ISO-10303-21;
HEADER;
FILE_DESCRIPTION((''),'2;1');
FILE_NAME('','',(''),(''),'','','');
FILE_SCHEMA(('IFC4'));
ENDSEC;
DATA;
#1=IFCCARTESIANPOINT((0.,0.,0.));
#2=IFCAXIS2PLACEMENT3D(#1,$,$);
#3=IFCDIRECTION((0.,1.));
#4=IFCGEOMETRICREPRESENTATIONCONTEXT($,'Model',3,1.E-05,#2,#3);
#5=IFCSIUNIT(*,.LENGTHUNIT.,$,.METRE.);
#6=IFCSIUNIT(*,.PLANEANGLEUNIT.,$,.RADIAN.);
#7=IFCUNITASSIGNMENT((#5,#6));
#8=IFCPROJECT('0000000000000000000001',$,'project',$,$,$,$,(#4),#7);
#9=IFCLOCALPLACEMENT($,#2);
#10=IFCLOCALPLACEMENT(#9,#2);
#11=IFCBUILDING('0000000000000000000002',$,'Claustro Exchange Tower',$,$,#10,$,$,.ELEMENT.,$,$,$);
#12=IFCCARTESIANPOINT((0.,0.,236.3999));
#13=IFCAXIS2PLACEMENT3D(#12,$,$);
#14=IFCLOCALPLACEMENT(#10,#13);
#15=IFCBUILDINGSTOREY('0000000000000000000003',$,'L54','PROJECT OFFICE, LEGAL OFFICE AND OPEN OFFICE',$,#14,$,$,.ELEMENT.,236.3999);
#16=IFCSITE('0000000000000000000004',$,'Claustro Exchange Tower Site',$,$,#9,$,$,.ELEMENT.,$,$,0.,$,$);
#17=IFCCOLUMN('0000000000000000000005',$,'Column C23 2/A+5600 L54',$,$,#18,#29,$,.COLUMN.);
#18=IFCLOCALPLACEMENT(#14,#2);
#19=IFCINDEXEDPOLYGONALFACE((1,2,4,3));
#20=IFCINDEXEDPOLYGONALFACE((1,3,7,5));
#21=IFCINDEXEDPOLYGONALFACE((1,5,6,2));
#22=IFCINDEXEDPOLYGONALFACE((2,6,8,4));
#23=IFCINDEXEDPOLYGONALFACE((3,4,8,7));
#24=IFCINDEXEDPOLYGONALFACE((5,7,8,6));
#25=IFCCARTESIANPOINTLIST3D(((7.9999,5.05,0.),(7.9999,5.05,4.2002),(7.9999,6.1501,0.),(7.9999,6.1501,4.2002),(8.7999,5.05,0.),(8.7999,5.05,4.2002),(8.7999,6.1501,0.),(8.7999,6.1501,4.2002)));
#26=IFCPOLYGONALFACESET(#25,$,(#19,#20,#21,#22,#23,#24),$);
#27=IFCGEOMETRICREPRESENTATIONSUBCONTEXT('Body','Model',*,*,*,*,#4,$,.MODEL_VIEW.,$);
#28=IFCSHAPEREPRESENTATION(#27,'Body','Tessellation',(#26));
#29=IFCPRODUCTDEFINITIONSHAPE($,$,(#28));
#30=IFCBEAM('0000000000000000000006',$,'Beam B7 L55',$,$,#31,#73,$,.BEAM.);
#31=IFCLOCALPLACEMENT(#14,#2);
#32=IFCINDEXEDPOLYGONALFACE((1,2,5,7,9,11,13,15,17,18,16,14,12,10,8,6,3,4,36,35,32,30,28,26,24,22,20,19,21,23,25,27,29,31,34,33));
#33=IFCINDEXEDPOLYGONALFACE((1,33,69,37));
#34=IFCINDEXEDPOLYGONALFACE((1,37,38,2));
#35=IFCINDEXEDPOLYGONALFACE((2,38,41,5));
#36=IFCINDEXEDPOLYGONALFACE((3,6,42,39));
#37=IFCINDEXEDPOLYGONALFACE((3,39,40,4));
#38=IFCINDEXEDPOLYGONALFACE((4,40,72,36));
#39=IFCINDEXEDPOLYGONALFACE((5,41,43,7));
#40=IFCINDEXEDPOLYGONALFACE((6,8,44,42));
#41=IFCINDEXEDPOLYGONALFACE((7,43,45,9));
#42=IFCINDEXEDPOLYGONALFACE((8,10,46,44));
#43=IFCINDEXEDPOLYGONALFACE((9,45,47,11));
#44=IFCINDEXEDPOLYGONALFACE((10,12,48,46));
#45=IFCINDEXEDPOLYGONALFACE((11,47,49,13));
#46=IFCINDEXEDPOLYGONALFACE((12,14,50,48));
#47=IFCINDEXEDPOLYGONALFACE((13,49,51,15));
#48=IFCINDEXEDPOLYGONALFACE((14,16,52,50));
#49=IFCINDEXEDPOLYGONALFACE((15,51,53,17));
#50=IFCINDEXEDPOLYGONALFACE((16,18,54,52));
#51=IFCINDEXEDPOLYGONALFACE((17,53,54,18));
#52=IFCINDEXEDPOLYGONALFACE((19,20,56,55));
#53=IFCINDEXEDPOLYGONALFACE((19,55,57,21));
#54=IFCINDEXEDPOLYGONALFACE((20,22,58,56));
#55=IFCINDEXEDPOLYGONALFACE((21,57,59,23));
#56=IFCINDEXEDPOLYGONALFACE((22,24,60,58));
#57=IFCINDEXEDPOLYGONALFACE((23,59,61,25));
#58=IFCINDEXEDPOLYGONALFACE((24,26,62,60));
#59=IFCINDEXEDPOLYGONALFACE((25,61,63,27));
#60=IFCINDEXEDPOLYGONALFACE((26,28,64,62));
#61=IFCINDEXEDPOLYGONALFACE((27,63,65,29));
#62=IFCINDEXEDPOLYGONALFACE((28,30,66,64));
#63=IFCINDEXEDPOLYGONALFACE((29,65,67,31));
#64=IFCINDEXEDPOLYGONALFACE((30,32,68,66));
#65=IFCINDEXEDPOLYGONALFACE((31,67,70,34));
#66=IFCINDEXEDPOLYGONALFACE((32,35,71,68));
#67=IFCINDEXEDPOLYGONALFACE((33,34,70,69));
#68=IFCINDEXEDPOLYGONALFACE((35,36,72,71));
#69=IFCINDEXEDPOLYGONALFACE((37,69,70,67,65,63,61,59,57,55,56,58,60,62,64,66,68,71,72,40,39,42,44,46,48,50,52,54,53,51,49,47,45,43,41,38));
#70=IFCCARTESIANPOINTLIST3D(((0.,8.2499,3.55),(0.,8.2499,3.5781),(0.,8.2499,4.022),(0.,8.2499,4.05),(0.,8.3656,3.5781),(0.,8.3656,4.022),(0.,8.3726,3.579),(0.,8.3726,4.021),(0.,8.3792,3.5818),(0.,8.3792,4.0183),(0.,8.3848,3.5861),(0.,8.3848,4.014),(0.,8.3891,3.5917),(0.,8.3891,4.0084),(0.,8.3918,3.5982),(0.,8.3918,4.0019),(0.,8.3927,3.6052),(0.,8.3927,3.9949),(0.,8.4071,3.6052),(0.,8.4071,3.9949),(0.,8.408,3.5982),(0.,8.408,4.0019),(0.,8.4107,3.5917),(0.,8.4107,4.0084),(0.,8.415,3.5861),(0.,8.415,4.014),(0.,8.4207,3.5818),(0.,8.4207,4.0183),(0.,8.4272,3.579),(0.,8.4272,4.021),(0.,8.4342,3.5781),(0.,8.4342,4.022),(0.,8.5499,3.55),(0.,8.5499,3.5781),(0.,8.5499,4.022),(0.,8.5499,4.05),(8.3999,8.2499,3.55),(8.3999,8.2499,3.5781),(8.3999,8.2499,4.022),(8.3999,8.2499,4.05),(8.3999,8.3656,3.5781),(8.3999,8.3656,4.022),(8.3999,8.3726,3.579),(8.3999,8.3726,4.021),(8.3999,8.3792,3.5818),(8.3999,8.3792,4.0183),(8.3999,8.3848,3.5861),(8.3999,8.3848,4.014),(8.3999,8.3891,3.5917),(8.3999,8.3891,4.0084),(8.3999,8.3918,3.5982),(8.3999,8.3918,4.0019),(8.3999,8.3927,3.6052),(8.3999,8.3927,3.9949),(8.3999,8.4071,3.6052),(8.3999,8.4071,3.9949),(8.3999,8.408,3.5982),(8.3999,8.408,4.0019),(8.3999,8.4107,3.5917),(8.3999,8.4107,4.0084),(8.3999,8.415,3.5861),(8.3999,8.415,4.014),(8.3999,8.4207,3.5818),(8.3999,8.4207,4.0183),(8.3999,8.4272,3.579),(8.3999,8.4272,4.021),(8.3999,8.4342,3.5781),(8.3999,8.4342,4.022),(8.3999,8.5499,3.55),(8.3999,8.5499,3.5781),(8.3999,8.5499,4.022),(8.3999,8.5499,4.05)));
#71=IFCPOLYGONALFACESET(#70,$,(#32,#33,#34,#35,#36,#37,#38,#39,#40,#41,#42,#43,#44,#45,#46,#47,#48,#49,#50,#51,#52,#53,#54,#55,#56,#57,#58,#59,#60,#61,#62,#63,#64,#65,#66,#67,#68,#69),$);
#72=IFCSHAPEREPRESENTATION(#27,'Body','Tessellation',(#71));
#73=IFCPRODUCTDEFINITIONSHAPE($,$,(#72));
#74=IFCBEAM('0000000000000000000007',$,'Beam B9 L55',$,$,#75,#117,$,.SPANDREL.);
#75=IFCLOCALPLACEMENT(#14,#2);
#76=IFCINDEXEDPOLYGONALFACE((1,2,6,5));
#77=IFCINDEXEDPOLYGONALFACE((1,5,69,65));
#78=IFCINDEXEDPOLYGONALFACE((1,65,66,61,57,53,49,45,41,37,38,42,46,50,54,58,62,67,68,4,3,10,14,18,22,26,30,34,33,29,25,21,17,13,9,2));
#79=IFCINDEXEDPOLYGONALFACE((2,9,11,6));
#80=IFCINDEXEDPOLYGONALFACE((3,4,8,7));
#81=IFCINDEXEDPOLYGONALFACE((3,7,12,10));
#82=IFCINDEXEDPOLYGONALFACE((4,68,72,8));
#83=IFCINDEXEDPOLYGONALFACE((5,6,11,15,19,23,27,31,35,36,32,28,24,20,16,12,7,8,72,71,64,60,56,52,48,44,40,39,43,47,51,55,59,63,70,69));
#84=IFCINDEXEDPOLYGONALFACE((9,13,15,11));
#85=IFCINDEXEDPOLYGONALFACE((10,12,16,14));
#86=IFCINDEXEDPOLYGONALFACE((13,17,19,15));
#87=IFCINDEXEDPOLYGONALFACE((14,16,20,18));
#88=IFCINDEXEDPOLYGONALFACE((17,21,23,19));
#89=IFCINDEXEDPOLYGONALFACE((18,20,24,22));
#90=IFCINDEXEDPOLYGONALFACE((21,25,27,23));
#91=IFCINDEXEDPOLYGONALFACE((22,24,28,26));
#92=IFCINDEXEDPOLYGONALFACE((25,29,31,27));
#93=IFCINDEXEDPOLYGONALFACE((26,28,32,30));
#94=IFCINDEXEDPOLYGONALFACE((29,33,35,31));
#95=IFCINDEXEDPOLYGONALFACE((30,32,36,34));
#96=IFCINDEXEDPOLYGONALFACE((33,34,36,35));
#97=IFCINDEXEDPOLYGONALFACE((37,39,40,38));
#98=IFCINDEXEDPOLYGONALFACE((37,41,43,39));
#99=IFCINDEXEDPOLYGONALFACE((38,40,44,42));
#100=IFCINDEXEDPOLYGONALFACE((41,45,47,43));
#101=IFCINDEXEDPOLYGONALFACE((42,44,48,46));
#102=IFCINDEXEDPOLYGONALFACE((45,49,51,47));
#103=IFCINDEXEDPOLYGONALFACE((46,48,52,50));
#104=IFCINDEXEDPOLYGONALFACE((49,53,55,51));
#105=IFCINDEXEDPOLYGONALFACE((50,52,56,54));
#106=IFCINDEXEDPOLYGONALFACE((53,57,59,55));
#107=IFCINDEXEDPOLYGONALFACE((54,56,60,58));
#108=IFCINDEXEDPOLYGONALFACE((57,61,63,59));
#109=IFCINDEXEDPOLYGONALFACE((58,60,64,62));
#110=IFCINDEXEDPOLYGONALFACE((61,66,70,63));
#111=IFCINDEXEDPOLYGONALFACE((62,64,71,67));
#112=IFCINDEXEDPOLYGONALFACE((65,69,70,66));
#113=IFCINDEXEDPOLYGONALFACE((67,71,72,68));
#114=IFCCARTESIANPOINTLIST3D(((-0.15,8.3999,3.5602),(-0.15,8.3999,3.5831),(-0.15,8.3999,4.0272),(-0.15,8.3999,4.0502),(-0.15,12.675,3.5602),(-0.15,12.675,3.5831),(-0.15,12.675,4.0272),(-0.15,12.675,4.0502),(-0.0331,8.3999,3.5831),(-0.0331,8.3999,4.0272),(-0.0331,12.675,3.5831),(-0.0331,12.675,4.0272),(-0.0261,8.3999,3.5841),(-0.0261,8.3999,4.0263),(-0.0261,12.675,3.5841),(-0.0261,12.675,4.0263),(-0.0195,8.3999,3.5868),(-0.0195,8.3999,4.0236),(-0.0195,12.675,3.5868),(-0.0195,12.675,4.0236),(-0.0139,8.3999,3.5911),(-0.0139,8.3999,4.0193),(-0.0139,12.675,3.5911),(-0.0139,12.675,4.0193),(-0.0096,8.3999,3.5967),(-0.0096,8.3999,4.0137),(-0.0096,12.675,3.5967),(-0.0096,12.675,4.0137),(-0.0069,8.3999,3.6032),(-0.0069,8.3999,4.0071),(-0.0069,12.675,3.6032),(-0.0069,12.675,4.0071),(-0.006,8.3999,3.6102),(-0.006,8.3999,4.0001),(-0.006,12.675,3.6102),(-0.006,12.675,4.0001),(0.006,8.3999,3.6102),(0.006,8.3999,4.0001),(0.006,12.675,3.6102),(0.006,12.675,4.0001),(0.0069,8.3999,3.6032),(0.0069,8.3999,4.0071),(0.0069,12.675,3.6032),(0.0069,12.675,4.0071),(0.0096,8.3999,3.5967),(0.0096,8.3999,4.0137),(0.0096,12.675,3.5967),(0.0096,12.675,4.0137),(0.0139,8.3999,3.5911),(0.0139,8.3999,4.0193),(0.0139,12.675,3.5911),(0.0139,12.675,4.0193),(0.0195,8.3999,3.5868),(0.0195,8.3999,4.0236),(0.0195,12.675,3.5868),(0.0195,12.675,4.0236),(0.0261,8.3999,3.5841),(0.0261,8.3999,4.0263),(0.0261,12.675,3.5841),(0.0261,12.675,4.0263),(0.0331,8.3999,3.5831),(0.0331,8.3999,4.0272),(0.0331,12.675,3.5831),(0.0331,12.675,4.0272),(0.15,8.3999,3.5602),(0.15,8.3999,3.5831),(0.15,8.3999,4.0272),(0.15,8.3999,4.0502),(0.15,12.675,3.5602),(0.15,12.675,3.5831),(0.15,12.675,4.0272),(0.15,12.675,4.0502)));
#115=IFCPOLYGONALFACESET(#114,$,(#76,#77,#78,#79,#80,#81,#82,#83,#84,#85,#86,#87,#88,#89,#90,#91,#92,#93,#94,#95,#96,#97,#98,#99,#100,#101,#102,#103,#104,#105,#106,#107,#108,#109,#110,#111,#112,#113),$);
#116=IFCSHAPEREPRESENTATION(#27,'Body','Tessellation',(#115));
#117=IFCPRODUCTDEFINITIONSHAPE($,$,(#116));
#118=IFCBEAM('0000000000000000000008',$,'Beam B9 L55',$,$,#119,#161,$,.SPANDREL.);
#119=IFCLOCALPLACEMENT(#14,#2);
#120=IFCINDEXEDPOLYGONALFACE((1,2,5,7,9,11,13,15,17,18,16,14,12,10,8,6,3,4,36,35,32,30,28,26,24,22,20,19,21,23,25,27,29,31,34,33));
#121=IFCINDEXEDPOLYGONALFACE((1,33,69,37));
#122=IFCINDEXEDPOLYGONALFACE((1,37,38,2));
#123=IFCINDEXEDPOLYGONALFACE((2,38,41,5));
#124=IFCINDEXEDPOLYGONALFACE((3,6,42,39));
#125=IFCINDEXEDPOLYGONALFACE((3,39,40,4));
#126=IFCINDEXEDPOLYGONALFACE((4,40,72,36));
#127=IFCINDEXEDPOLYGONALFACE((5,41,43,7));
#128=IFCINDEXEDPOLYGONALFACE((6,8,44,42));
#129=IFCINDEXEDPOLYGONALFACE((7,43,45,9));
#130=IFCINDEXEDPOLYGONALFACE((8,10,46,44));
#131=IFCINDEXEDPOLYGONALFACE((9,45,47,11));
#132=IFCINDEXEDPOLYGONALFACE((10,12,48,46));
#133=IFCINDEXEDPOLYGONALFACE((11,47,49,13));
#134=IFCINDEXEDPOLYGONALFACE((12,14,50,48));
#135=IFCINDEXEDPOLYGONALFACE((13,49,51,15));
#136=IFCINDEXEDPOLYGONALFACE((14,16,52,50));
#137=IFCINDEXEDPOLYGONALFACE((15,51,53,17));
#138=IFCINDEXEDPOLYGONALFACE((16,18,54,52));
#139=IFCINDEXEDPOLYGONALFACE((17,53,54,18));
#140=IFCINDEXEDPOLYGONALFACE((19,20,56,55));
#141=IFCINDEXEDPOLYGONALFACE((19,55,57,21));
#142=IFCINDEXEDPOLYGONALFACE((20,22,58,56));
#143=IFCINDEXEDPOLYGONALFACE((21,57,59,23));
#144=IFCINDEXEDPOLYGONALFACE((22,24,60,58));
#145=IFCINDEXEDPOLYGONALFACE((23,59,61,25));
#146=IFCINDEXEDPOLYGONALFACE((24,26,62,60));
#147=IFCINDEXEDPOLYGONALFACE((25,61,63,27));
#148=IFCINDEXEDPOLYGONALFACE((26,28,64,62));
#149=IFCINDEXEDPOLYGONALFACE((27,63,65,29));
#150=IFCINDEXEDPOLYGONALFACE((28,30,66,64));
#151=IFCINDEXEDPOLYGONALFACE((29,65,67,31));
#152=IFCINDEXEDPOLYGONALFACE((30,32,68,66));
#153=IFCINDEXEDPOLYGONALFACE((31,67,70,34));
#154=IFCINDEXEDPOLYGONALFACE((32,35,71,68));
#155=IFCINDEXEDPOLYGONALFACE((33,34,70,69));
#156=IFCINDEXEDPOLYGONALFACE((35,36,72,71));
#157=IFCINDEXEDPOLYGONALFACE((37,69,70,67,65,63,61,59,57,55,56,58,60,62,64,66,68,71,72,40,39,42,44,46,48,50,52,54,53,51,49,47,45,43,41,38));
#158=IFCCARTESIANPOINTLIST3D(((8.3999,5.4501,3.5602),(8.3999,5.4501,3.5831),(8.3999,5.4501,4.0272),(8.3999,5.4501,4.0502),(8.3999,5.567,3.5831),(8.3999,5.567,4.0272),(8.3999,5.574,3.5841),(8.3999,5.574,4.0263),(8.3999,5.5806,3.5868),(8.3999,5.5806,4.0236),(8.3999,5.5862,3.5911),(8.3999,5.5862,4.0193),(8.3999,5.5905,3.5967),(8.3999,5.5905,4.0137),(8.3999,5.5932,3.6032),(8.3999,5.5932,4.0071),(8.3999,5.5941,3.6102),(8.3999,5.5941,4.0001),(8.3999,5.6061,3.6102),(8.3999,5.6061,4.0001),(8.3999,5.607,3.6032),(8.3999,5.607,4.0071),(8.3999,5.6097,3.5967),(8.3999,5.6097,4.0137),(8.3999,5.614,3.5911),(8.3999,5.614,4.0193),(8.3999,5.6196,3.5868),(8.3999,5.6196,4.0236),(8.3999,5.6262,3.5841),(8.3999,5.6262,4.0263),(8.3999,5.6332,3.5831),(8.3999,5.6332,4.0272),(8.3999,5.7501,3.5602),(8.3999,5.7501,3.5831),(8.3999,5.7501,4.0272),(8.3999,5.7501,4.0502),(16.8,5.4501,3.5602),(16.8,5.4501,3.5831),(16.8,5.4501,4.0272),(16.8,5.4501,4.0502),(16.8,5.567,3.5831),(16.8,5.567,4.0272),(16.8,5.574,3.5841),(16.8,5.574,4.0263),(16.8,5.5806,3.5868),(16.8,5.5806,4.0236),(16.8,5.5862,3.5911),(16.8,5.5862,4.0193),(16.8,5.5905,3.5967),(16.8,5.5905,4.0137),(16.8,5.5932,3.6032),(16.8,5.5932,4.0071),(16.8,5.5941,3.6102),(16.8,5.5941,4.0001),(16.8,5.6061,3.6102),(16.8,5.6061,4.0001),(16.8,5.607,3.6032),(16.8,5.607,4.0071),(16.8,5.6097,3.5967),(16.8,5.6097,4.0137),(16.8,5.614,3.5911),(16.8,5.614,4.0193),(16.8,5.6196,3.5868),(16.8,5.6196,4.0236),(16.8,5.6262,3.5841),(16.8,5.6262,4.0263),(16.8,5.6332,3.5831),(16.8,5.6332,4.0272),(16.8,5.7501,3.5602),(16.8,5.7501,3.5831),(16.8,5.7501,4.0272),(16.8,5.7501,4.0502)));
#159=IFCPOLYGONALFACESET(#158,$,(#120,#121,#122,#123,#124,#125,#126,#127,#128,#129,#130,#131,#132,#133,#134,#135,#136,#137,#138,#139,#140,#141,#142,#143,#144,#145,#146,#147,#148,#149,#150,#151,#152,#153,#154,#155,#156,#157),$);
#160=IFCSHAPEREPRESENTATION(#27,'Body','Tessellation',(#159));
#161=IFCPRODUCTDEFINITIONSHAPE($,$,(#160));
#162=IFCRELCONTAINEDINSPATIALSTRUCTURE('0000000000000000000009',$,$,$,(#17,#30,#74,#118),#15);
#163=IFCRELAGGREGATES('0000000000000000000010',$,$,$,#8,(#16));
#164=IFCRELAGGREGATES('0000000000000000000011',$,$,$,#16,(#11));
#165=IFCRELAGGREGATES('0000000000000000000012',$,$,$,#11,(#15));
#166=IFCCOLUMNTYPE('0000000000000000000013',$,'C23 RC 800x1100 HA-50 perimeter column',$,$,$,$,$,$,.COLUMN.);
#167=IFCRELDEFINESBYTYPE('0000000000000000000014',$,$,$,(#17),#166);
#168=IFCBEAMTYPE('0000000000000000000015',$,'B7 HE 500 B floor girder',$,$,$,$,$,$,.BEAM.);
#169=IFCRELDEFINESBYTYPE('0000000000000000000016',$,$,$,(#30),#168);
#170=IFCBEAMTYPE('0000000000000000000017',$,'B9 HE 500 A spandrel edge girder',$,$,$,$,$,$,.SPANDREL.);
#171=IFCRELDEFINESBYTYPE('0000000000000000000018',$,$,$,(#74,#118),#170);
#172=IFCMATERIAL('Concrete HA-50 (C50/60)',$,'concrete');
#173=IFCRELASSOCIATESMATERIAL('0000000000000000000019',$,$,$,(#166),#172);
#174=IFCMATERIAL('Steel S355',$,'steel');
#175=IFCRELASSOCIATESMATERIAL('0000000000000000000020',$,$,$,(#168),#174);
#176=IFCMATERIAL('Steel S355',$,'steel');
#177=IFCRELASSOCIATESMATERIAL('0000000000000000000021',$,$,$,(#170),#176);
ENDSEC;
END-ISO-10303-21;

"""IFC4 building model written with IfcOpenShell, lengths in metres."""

from ifc_helpers import new_model, si_unit, direction, frame, origin, origin_2d, place, context, subcontext, project, spatial, rectangle, i_section, extrude, material, material_profile, profile_set, type_object, element, save


model = new_model("IFC4")

# Units and contexts
model_context = context("Model", 3, precision=1e-05, world=origin(), true_north=direction((0.0, 1.0)))
body_context = subcontext(model_context, "Body", "Model", "MODEL_VIEW")
ifc_project = project(units=[si_unit("LENGTHUNIT", "METRE"), si_unit("PLANEANGLEUNIT", "RADIAN")], contexts=[model_context])

# Site, building, storey
site_placement = place(None, origin())
site = spatial("IfcSite", under=ifc_project, at=site_placement, Name="Claustro Exchange Tower Site", CompositionType="ELEMENT", RefElevation=0.0)
building_placement = place(site_placement, origin())
building = spatial("IfcBuilding", under=site, at=building_placement, Name="Claustro Exchange Tower", CompositionType="ELEMENT")
storey_placement = place(building_placement, frame((0.0, 0.0, 236.3999)))
storey = spatial("IfcBuildingStorey", under=building, at=storey_placement, Name="L54", Description="PROJECT OFFICE, LEGAL OFFICE AND OPEN OFFICE", CompositionType="ELEMENT", Elevation=236.3999)

# Column
ifc_material_1 = material(Name="Concrete HA-50 (C50/60)", Category="concrete")
ifc_material_profile_1 = material_profile(ifc_material_1, rectangle(XDim=0.8, YDim=1.1001, at=origin_2d()), Name="RC 800x1100")
ifc_profile_set_1 = profile_set([ifc_material_profile_1], Name="Concrete HA-50 (C50/60)")
column_type = type_object("IfcColumnType", Name="C23 RC 800x1100 HA-50 perimeter column", PredefinedType="COLUMN", material=ifc_profile_set_1)
column_placement = place(storey_placement, frame((8.3999, 5.6001, 0.0), z_axis=(0.0, 0.0, 1.0), x_axis=(1.0, 0.0, 0.0)))
element("IfcColumn", 1, at=column_placement, inside=storey, type_object=column_type, Name="Column C23 2/A+5600 L54", PredefinedType="COLUMN", context=body_context, shape_type="SweptSolid", body=[
    extrude(rectangle(XDim=0.8, YDim=1.1001, at=origin_2d()), origin(), (0.0, 0.0, 1.0), 4.2002),
])

# Beams
ifc_material_2 = material(Name="Steel S355", Category="steel")
ifc_material_profile_2 = material_profile(ifc_material_2, i_section(OverallWidth=0.3, OverallDepth=0.5, WebThickness=0.0144, FlangeThickness=0.0281, FilletRadius=0.0271, at=origin_2d()), Name="HE 500 B")
ifc_profile_set_2 = profile_set([ifc_material_profile_2], Name="Steel S355")
beam_type_1 = type_object("IfcBeamType", Name="B7 HE 500 B floor girder", PredefinedType="BEAM", material=ifc_profile_set_2)
beam_1_placement = place(storey_placement, frame((0.0, 8.3999, 3.8), z_axis=(1.0, 0.0, 0.0), x_axis=(0.0, 1.0, 0.0)))
element("IfcBeam", 2, at=beam_1_placement, inside=storey, type_object=beam_type_1, Name="Beam B7 L55", PredefinedType="BEAM", context=body_context, shape_type="SweptSolid", body=[
    extrude(i_section(OverallWidth=0.3, OverallDepth=0.5, WebThickness=0.0144, FlangeThickness=0.0281, FilletRadius=0.0271, at=origin_2d()), origin(), (0.0, 0.0, 1.0), 8.3999),
])
ifc_material_3 = material(Name="Steel S355", Category="steel")
ifc_material_profile_3 = material_profile(ifc_material_3, i_section(OverallWidth=0.3, OverallDepth=0.49, WebThickness=0.012, FlangeThickness=0.0229, FilletRadius=0.0271, at=origin_2d()), Name="HE 500 A")
ifc_profile_set_3 = profile_set([ifc_material_profile_3], Name="Steel S355")
beam_type_2 = type_object("IfcBeamType", Name="B9 HE 500 A spandrel edge girder", PredefinedType="SPANDREL", material=ifc_profile_set_3)
beam_2_placement = place(storey_placement, frame((0.0, 8.3999, 3.8052), z_axis=(0.0, 1.0, 0.0), x_axis=(-1.0, 0.0, 0.0)))
element("IfcBeam", 3, at=beam_2_placement, inside=storey, type_object=beam_type_2, Name="Beam B9 L55", PredefinedType="SPANDREL", context=body_context, shape_type="SweptSolid", body=[
    extrude(i_section(OverallWidth=0.3, OverallDepth=0.49, WebThickness=0.012, FlangeThickness=0.0229, FilletRadius=0.0271, at=origin_2d()), origin(), (0.0, 0.0, 1.0), 4.2751),
])
beam_3_placement = place(storey_placement, frame((8.3999, 5.6001, 3.8052), z_axis=(1.0, 0.0, 0.0), x_axis=(0.0, 1.0, 0.0)))
element("IfcBeam", 4, at=beam_3_placement, inside=storey, type_object=beam_type_2, Name="Beam B9 L55", PredefinedType="SPANDREL", context=body_context, shape_type="SweptSolid", body=[
    extrude(i_section(OverallWidth=0.3, OverallDepth=0.49, WebThickness=0.012, FlangeThickness=0.0229, FilletRadius=0.0271, at=origin_2d()), origin(), (0.0, 0.0, 1.0), 8.4001),
])

save(model, "model.ifc")
